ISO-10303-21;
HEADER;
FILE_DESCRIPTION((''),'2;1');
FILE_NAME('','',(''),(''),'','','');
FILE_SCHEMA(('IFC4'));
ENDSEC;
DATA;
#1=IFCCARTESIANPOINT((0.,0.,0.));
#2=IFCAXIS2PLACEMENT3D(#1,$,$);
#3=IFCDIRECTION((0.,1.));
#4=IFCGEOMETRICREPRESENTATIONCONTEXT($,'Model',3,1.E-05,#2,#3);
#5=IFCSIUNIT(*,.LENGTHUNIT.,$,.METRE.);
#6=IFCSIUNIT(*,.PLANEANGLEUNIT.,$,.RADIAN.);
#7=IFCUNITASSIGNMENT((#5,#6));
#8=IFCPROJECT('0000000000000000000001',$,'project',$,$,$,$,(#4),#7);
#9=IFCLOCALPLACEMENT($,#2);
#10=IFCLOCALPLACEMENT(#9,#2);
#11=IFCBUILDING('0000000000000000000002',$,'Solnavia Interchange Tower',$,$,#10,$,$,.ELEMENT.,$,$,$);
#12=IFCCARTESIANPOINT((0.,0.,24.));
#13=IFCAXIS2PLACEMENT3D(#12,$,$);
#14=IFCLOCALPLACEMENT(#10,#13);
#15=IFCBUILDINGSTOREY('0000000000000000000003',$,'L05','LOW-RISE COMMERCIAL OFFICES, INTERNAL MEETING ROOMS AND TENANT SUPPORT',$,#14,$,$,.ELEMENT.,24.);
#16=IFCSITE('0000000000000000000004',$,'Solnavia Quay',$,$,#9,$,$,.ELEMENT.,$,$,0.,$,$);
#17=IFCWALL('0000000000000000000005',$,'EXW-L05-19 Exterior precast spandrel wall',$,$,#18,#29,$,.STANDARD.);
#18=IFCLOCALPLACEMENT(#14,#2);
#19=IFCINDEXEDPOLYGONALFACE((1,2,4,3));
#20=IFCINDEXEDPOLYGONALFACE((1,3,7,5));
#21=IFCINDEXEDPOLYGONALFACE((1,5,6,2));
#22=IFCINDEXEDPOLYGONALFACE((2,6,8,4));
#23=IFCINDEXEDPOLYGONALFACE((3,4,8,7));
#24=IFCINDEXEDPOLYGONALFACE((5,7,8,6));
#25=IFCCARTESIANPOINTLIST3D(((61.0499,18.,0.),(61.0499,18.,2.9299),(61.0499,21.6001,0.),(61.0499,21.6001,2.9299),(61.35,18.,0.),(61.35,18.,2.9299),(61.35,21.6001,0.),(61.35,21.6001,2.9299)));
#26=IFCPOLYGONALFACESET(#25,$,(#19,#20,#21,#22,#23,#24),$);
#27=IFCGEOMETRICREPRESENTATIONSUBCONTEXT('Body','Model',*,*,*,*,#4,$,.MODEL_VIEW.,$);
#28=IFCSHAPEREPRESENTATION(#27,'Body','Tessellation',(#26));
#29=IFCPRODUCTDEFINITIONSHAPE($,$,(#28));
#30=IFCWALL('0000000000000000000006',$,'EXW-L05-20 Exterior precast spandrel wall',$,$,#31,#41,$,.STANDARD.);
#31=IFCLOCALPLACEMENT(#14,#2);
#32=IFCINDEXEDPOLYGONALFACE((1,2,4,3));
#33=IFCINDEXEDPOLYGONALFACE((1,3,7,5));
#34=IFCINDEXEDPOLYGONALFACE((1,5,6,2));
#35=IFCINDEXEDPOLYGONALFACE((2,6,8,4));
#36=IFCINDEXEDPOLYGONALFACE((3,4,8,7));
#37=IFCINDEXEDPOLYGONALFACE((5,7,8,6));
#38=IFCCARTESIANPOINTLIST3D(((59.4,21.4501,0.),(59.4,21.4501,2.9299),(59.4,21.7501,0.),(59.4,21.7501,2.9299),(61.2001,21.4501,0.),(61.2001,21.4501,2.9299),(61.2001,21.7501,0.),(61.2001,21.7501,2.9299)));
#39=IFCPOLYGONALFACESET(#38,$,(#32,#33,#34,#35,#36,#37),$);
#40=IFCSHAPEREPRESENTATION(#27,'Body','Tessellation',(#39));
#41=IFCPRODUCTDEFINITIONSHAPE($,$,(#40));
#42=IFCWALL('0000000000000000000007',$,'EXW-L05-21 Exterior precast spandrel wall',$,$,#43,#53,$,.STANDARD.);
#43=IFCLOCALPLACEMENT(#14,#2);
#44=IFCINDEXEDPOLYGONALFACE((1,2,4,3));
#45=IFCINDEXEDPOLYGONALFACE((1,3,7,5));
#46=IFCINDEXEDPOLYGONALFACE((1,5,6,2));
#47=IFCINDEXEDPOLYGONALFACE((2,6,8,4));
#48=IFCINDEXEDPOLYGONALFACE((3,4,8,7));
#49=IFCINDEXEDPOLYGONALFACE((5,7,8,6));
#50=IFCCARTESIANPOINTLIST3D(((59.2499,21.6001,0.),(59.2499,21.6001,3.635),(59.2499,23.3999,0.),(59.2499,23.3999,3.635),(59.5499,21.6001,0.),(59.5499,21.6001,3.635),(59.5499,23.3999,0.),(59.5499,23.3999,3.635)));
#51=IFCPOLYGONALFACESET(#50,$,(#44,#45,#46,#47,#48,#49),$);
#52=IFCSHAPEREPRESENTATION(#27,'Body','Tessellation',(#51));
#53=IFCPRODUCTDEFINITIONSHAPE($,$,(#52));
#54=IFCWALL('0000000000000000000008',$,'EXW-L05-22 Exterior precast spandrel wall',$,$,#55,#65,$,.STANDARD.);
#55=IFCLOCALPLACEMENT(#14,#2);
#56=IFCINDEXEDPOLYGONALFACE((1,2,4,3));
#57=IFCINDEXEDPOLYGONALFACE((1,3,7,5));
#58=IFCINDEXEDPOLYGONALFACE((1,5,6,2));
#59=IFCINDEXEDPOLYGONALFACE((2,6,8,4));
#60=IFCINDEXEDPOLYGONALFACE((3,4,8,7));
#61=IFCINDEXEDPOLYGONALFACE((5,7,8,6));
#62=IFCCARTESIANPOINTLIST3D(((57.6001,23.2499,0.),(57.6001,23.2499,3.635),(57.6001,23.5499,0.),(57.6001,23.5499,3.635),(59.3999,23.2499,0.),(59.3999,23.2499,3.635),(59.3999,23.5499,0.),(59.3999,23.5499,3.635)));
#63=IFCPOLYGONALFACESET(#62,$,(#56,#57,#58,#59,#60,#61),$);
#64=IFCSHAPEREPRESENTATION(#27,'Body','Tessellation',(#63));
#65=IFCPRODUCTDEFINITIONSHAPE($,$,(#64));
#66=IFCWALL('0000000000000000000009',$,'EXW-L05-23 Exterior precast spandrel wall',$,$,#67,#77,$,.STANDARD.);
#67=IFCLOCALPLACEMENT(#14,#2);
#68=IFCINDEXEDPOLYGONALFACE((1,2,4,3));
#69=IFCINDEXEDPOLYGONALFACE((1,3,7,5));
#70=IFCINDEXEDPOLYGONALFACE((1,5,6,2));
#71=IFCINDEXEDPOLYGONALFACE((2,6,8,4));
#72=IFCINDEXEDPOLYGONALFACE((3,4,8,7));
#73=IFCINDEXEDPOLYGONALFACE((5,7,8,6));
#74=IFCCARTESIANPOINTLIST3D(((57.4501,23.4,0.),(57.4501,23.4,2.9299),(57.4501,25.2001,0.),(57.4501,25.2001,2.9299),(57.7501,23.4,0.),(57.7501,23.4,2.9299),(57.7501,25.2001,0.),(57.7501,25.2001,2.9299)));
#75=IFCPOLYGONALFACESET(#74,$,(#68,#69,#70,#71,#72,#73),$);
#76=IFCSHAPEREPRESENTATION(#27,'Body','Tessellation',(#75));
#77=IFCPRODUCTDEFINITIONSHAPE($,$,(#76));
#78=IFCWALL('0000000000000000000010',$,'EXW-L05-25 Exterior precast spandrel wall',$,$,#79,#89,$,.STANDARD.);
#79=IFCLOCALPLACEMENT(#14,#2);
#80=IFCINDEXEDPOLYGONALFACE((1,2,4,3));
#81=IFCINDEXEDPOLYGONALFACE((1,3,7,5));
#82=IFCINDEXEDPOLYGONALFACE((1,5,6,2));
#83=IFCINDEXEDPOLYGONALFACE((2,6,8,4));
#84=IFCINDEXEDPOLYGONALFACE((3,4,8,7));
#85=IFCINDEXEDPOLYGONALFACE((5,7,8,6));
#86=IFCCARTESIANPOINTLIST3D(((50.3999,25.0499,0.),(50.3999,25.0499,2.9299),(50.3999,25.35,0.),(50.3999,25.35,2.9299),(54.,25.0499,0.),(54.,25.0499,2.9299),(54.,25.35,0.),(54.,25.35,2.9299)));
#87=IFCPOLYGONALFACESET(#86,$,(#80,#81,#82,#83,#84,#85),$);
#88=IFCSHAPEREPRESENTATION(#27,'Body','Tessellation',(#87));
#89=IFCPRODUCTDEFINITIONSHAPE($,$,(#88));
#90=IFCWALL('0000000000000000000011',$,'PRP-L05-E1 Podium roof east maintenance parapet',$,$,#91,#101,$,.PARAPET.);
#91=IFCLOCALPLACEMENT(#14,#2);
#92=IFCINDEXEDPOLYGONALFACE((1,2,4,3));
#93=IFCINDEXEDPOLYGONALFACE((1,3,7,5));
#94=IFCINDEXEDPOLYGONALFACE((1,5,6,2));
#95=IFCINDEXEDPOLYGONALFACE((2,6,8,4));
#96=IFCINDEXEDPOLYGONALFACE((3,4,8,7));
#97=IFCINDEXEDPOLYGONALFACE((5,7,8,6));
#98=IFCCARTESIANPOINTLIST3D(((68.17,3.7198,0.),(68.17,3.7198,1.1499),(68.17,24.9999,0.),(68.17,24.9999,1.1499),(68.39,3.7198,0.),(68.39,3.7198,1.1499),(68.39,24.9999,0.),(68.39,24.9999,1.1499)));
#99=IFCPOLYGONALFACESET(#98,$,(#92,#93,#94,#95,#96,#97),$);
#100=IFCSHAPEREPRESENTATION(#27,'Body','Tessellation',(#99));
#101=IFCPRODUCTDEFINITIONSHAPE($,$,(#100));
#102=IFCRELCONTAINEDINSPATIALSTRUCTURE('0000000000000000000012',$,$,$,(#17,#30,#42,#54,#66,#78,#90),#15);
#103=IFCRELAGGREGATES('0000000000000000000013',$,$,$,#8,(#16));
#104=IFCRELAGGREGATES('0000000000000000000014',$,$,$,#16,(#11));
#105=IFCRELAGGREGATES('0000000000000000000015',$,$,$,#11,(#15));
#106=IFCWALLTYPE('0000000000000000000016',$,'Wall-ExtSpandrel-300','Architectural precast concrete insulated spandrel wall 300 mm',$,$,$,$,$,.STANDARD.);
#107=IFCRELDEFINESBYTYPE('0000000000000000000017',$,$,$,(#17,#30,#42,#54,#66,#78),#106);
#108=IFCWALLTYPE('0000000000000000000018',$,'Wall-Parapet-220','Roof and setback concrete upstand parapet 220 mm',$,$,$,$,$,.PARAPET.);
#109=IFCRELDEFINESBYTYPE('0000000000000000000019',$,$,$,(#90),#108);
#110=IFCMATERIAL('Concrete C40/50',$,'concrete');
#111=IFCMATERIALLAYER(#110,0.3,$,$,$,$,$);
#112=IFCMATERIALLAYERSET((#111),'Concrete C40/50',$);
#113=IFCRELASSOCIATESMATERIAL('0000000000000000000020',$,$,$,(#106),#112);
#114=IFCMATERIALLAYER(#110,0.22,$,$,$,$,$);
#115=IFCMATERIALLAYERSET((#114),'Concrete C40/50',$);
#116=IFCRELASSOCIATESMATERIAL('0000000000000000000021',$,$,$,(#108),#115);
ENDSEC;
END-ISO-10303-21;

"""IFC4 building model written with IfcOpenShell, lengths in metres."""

from ifc_helpers import new_model, si_unit, direction, frame, frame_2d, origin, place, context, subcontext, project, spatial, rectangle, extrude, material, layer, layer_set, type_object, element, save


model = new_model("IFC4")

# Units and contexts
model_context = context("Model", 3, precision=1e-05, world=origin(), true_north=direction((0.0, 1.0)))
body_context = subcontext(model_context, "Body", "Model", "MODEL_VIEW")
ifc_project = project(units=[si_unit("LENGTHUNIT", "METRE"), si_unit("PLANEANGLEUNIT", "RADIAN")], contexts=[model_context])

# Site, building, storey
site_placement = place(None, origin())
site = spatial("IfcSite", under=ifc_project, at=site_placement, Name="Solnavia Quay", CompositionType="ELEMENT", RefElevation=0.0)
building_placement = place(site_placement, origin())
building = spatial("IfcBuilding", under=site, at=building_placement, Name="Solnavia Interchange Tower", CompositionType="ELEMENT")
storey_placement = place(building_placement, frame((0.0, 0.0, 24.0)))
storey = spatial("IfcBuildingStorey", under=building, at=storey_placement, Name="L05", Description="LOW-RISE COMMERCIAL OFFICES, INTERNAL MEETING ROOMS AND TENANT SUPPORT", CompositionType="ELEMENT", Elevation=24.0)

# Walls
ifc_material_1 = material(Name="Concrete C40/50", Category="concrete")
ifc_layer_1 = layer(ifc_material_1, 0.3)
ifc_layer_set_1 = layer_set([ifc_layer_1], Name="Concrete C40/50")
wall_type_1 = type_object("IfcWallType", Name="Wall-ExtSpandrel-300", Description="Architectural precast concrete insulated spandrel wall 300 mm", PredefinedType="STANDARD", material=ifc_layer_set_1)
wall_1_placement = place(storey_placement, frame((61.2, 21.6001, 0.0), z_axis=(0.0, 0.0, 1.0), x_axis=(0.0, -1.0, 0.0)))
element("IfcWall", 1, at=wall_1_placement, inside=storey, type_object=wall_type_1, Name="EXW-L05-19 Exterior precast spandrel wall", PredefinedType="STANDARD", context=body_context, shape_type="SweptSolid", body=[
    extrude(rectangle(XDim=3.6001, YDim=0.3, at=frame_2d((1.8, 0.0))), origin(), (0.0, 0.0, 1.0), 2.9299),
])
wall_2_placement = place(storey_placement, frame((61.2, 21.6001, 0.0), z_axis=(0.0, 0.0, 1.0), x_axis=(-1.0, 0.0, 0.0)))
element("IfcWall", 2, at=wall_2_placement, inside=storey, type_object=wall_type_1, Name="EXW-L05-20 Exterior precast spandrel wall", PredefinedType="STANDARD", context=body_context, shape_type="SweptSolid", body=[
    extrude(rectangle(XDim=1.8, YDim=0.3, at=frame_2d((0.8999, 0.0))), origin(), (0.0, 0.0, 1.0), 2.9299),
])
for number, where, z_axis, x_axis, name in (
    (3, (59.3999, 23.3999, 0.0), (0.0, 0.0, 1.0), (0.0, -1.0, 0.0), "EXW-L05-21 Exterior precast spandrel wall"),
    (4, (57.6001, 23.3999, 0.0), (0.0, 0.0, 1.0), (1.0, 0.0, 0.0), "EXW-L05-22 Exterior precast spandrel wall"),
):
    element("IfcWall", number, at=place(storey_placement, frame(where, z_axis=z_axis, x_axis=x_axis)), inside=storey, type_object=wall_type_1, Name=name, PredefinedType="STANDARD", context=body_context, shape_type="SweptSolid", body=[
        extrude(rectangle(XDim=1.7998, YDim=0.3, at=frame_2d((0.8999, 0.0))), origin(), (0.0, 0.0, 1.0), 3.635),
    ])
wall_3_placement = place(storey_placement, frame((57.6001, 25.2, 0.0), z_axis=(0.0, 0.0, 1.0), x_axis=(0.0, -1.0, 0.0)))
element("IfcWall", 5, at=wall_3_placement, inside=storey, type_object=wall_type_1, Name="EXW-L05-23 Exterior precast spandrel wall", PredefinedType="STANDARD", context=body_context, shape_type="SweptSolid", body=[
    extrude(rectangle(XDim=1.8, YDim=0.3, at=frame_2d((0.8999, 0.0))), origin(), (0.0, 0.0, 1.0), 2.9299),
])
wall_4_placement = place(storey_placement, frame((50.3999, 25.2, 0.0), z_axis=(0.0, 0.0, 1.0), x_axis=(1.0, 0.0, 0.0)))
element("IfcWall", 6, at=wall_4_placement, inside=storey, type_object=wall_type_1, Name="EXW-L05-25 Exterior precast spandrel wall", PredefinedType="STANDARD", context=body_context, shape_type="SweptSolid", body=[
    extrude(rectangle(XDim=3.6001, YDim=0.3, at=frame_2d((1.8, 0.0))), origin(), (0.0, 0.0, 1.0), 2.9299),
])
ifc_layer_2 = layer(ifc_material_1, 0.22)
ifc_layer_set_2 = layer_set([ifc_layer_2], Name="Concrete C40/50")
wall_type_2 = type_object("IfcWallType", Name="Wall-Parapet-220", Description="Roof and setback concrete upstand parapet 220 mm", PredefinedType="PARAPET", material=ifc_layer_set_2)
wall_5_placement = place(storey_placement, frame((68.28, 25.0, 0.0), z_axis=(0.0, 0.0, 1.0), x_axis=(0.0, -1.0, 0.0)))
element("IfcWall", 7, at=wall_5_placement, inside=storey, type_object=wall_type_2, Name="PRP-L05-E1 Podium roof east maintenance parapet", PredefinedType="PARAPET", context=body_context, shape_type="SweptSolid", body=[
    extrude(rectangle(XDim=21.28, YDim=0.22, at=frame_2d((10.6401, 0.0))), origin(), (0.0, 0.0, 1.0), 1.1499),
])

save(model, "model.ifc")
